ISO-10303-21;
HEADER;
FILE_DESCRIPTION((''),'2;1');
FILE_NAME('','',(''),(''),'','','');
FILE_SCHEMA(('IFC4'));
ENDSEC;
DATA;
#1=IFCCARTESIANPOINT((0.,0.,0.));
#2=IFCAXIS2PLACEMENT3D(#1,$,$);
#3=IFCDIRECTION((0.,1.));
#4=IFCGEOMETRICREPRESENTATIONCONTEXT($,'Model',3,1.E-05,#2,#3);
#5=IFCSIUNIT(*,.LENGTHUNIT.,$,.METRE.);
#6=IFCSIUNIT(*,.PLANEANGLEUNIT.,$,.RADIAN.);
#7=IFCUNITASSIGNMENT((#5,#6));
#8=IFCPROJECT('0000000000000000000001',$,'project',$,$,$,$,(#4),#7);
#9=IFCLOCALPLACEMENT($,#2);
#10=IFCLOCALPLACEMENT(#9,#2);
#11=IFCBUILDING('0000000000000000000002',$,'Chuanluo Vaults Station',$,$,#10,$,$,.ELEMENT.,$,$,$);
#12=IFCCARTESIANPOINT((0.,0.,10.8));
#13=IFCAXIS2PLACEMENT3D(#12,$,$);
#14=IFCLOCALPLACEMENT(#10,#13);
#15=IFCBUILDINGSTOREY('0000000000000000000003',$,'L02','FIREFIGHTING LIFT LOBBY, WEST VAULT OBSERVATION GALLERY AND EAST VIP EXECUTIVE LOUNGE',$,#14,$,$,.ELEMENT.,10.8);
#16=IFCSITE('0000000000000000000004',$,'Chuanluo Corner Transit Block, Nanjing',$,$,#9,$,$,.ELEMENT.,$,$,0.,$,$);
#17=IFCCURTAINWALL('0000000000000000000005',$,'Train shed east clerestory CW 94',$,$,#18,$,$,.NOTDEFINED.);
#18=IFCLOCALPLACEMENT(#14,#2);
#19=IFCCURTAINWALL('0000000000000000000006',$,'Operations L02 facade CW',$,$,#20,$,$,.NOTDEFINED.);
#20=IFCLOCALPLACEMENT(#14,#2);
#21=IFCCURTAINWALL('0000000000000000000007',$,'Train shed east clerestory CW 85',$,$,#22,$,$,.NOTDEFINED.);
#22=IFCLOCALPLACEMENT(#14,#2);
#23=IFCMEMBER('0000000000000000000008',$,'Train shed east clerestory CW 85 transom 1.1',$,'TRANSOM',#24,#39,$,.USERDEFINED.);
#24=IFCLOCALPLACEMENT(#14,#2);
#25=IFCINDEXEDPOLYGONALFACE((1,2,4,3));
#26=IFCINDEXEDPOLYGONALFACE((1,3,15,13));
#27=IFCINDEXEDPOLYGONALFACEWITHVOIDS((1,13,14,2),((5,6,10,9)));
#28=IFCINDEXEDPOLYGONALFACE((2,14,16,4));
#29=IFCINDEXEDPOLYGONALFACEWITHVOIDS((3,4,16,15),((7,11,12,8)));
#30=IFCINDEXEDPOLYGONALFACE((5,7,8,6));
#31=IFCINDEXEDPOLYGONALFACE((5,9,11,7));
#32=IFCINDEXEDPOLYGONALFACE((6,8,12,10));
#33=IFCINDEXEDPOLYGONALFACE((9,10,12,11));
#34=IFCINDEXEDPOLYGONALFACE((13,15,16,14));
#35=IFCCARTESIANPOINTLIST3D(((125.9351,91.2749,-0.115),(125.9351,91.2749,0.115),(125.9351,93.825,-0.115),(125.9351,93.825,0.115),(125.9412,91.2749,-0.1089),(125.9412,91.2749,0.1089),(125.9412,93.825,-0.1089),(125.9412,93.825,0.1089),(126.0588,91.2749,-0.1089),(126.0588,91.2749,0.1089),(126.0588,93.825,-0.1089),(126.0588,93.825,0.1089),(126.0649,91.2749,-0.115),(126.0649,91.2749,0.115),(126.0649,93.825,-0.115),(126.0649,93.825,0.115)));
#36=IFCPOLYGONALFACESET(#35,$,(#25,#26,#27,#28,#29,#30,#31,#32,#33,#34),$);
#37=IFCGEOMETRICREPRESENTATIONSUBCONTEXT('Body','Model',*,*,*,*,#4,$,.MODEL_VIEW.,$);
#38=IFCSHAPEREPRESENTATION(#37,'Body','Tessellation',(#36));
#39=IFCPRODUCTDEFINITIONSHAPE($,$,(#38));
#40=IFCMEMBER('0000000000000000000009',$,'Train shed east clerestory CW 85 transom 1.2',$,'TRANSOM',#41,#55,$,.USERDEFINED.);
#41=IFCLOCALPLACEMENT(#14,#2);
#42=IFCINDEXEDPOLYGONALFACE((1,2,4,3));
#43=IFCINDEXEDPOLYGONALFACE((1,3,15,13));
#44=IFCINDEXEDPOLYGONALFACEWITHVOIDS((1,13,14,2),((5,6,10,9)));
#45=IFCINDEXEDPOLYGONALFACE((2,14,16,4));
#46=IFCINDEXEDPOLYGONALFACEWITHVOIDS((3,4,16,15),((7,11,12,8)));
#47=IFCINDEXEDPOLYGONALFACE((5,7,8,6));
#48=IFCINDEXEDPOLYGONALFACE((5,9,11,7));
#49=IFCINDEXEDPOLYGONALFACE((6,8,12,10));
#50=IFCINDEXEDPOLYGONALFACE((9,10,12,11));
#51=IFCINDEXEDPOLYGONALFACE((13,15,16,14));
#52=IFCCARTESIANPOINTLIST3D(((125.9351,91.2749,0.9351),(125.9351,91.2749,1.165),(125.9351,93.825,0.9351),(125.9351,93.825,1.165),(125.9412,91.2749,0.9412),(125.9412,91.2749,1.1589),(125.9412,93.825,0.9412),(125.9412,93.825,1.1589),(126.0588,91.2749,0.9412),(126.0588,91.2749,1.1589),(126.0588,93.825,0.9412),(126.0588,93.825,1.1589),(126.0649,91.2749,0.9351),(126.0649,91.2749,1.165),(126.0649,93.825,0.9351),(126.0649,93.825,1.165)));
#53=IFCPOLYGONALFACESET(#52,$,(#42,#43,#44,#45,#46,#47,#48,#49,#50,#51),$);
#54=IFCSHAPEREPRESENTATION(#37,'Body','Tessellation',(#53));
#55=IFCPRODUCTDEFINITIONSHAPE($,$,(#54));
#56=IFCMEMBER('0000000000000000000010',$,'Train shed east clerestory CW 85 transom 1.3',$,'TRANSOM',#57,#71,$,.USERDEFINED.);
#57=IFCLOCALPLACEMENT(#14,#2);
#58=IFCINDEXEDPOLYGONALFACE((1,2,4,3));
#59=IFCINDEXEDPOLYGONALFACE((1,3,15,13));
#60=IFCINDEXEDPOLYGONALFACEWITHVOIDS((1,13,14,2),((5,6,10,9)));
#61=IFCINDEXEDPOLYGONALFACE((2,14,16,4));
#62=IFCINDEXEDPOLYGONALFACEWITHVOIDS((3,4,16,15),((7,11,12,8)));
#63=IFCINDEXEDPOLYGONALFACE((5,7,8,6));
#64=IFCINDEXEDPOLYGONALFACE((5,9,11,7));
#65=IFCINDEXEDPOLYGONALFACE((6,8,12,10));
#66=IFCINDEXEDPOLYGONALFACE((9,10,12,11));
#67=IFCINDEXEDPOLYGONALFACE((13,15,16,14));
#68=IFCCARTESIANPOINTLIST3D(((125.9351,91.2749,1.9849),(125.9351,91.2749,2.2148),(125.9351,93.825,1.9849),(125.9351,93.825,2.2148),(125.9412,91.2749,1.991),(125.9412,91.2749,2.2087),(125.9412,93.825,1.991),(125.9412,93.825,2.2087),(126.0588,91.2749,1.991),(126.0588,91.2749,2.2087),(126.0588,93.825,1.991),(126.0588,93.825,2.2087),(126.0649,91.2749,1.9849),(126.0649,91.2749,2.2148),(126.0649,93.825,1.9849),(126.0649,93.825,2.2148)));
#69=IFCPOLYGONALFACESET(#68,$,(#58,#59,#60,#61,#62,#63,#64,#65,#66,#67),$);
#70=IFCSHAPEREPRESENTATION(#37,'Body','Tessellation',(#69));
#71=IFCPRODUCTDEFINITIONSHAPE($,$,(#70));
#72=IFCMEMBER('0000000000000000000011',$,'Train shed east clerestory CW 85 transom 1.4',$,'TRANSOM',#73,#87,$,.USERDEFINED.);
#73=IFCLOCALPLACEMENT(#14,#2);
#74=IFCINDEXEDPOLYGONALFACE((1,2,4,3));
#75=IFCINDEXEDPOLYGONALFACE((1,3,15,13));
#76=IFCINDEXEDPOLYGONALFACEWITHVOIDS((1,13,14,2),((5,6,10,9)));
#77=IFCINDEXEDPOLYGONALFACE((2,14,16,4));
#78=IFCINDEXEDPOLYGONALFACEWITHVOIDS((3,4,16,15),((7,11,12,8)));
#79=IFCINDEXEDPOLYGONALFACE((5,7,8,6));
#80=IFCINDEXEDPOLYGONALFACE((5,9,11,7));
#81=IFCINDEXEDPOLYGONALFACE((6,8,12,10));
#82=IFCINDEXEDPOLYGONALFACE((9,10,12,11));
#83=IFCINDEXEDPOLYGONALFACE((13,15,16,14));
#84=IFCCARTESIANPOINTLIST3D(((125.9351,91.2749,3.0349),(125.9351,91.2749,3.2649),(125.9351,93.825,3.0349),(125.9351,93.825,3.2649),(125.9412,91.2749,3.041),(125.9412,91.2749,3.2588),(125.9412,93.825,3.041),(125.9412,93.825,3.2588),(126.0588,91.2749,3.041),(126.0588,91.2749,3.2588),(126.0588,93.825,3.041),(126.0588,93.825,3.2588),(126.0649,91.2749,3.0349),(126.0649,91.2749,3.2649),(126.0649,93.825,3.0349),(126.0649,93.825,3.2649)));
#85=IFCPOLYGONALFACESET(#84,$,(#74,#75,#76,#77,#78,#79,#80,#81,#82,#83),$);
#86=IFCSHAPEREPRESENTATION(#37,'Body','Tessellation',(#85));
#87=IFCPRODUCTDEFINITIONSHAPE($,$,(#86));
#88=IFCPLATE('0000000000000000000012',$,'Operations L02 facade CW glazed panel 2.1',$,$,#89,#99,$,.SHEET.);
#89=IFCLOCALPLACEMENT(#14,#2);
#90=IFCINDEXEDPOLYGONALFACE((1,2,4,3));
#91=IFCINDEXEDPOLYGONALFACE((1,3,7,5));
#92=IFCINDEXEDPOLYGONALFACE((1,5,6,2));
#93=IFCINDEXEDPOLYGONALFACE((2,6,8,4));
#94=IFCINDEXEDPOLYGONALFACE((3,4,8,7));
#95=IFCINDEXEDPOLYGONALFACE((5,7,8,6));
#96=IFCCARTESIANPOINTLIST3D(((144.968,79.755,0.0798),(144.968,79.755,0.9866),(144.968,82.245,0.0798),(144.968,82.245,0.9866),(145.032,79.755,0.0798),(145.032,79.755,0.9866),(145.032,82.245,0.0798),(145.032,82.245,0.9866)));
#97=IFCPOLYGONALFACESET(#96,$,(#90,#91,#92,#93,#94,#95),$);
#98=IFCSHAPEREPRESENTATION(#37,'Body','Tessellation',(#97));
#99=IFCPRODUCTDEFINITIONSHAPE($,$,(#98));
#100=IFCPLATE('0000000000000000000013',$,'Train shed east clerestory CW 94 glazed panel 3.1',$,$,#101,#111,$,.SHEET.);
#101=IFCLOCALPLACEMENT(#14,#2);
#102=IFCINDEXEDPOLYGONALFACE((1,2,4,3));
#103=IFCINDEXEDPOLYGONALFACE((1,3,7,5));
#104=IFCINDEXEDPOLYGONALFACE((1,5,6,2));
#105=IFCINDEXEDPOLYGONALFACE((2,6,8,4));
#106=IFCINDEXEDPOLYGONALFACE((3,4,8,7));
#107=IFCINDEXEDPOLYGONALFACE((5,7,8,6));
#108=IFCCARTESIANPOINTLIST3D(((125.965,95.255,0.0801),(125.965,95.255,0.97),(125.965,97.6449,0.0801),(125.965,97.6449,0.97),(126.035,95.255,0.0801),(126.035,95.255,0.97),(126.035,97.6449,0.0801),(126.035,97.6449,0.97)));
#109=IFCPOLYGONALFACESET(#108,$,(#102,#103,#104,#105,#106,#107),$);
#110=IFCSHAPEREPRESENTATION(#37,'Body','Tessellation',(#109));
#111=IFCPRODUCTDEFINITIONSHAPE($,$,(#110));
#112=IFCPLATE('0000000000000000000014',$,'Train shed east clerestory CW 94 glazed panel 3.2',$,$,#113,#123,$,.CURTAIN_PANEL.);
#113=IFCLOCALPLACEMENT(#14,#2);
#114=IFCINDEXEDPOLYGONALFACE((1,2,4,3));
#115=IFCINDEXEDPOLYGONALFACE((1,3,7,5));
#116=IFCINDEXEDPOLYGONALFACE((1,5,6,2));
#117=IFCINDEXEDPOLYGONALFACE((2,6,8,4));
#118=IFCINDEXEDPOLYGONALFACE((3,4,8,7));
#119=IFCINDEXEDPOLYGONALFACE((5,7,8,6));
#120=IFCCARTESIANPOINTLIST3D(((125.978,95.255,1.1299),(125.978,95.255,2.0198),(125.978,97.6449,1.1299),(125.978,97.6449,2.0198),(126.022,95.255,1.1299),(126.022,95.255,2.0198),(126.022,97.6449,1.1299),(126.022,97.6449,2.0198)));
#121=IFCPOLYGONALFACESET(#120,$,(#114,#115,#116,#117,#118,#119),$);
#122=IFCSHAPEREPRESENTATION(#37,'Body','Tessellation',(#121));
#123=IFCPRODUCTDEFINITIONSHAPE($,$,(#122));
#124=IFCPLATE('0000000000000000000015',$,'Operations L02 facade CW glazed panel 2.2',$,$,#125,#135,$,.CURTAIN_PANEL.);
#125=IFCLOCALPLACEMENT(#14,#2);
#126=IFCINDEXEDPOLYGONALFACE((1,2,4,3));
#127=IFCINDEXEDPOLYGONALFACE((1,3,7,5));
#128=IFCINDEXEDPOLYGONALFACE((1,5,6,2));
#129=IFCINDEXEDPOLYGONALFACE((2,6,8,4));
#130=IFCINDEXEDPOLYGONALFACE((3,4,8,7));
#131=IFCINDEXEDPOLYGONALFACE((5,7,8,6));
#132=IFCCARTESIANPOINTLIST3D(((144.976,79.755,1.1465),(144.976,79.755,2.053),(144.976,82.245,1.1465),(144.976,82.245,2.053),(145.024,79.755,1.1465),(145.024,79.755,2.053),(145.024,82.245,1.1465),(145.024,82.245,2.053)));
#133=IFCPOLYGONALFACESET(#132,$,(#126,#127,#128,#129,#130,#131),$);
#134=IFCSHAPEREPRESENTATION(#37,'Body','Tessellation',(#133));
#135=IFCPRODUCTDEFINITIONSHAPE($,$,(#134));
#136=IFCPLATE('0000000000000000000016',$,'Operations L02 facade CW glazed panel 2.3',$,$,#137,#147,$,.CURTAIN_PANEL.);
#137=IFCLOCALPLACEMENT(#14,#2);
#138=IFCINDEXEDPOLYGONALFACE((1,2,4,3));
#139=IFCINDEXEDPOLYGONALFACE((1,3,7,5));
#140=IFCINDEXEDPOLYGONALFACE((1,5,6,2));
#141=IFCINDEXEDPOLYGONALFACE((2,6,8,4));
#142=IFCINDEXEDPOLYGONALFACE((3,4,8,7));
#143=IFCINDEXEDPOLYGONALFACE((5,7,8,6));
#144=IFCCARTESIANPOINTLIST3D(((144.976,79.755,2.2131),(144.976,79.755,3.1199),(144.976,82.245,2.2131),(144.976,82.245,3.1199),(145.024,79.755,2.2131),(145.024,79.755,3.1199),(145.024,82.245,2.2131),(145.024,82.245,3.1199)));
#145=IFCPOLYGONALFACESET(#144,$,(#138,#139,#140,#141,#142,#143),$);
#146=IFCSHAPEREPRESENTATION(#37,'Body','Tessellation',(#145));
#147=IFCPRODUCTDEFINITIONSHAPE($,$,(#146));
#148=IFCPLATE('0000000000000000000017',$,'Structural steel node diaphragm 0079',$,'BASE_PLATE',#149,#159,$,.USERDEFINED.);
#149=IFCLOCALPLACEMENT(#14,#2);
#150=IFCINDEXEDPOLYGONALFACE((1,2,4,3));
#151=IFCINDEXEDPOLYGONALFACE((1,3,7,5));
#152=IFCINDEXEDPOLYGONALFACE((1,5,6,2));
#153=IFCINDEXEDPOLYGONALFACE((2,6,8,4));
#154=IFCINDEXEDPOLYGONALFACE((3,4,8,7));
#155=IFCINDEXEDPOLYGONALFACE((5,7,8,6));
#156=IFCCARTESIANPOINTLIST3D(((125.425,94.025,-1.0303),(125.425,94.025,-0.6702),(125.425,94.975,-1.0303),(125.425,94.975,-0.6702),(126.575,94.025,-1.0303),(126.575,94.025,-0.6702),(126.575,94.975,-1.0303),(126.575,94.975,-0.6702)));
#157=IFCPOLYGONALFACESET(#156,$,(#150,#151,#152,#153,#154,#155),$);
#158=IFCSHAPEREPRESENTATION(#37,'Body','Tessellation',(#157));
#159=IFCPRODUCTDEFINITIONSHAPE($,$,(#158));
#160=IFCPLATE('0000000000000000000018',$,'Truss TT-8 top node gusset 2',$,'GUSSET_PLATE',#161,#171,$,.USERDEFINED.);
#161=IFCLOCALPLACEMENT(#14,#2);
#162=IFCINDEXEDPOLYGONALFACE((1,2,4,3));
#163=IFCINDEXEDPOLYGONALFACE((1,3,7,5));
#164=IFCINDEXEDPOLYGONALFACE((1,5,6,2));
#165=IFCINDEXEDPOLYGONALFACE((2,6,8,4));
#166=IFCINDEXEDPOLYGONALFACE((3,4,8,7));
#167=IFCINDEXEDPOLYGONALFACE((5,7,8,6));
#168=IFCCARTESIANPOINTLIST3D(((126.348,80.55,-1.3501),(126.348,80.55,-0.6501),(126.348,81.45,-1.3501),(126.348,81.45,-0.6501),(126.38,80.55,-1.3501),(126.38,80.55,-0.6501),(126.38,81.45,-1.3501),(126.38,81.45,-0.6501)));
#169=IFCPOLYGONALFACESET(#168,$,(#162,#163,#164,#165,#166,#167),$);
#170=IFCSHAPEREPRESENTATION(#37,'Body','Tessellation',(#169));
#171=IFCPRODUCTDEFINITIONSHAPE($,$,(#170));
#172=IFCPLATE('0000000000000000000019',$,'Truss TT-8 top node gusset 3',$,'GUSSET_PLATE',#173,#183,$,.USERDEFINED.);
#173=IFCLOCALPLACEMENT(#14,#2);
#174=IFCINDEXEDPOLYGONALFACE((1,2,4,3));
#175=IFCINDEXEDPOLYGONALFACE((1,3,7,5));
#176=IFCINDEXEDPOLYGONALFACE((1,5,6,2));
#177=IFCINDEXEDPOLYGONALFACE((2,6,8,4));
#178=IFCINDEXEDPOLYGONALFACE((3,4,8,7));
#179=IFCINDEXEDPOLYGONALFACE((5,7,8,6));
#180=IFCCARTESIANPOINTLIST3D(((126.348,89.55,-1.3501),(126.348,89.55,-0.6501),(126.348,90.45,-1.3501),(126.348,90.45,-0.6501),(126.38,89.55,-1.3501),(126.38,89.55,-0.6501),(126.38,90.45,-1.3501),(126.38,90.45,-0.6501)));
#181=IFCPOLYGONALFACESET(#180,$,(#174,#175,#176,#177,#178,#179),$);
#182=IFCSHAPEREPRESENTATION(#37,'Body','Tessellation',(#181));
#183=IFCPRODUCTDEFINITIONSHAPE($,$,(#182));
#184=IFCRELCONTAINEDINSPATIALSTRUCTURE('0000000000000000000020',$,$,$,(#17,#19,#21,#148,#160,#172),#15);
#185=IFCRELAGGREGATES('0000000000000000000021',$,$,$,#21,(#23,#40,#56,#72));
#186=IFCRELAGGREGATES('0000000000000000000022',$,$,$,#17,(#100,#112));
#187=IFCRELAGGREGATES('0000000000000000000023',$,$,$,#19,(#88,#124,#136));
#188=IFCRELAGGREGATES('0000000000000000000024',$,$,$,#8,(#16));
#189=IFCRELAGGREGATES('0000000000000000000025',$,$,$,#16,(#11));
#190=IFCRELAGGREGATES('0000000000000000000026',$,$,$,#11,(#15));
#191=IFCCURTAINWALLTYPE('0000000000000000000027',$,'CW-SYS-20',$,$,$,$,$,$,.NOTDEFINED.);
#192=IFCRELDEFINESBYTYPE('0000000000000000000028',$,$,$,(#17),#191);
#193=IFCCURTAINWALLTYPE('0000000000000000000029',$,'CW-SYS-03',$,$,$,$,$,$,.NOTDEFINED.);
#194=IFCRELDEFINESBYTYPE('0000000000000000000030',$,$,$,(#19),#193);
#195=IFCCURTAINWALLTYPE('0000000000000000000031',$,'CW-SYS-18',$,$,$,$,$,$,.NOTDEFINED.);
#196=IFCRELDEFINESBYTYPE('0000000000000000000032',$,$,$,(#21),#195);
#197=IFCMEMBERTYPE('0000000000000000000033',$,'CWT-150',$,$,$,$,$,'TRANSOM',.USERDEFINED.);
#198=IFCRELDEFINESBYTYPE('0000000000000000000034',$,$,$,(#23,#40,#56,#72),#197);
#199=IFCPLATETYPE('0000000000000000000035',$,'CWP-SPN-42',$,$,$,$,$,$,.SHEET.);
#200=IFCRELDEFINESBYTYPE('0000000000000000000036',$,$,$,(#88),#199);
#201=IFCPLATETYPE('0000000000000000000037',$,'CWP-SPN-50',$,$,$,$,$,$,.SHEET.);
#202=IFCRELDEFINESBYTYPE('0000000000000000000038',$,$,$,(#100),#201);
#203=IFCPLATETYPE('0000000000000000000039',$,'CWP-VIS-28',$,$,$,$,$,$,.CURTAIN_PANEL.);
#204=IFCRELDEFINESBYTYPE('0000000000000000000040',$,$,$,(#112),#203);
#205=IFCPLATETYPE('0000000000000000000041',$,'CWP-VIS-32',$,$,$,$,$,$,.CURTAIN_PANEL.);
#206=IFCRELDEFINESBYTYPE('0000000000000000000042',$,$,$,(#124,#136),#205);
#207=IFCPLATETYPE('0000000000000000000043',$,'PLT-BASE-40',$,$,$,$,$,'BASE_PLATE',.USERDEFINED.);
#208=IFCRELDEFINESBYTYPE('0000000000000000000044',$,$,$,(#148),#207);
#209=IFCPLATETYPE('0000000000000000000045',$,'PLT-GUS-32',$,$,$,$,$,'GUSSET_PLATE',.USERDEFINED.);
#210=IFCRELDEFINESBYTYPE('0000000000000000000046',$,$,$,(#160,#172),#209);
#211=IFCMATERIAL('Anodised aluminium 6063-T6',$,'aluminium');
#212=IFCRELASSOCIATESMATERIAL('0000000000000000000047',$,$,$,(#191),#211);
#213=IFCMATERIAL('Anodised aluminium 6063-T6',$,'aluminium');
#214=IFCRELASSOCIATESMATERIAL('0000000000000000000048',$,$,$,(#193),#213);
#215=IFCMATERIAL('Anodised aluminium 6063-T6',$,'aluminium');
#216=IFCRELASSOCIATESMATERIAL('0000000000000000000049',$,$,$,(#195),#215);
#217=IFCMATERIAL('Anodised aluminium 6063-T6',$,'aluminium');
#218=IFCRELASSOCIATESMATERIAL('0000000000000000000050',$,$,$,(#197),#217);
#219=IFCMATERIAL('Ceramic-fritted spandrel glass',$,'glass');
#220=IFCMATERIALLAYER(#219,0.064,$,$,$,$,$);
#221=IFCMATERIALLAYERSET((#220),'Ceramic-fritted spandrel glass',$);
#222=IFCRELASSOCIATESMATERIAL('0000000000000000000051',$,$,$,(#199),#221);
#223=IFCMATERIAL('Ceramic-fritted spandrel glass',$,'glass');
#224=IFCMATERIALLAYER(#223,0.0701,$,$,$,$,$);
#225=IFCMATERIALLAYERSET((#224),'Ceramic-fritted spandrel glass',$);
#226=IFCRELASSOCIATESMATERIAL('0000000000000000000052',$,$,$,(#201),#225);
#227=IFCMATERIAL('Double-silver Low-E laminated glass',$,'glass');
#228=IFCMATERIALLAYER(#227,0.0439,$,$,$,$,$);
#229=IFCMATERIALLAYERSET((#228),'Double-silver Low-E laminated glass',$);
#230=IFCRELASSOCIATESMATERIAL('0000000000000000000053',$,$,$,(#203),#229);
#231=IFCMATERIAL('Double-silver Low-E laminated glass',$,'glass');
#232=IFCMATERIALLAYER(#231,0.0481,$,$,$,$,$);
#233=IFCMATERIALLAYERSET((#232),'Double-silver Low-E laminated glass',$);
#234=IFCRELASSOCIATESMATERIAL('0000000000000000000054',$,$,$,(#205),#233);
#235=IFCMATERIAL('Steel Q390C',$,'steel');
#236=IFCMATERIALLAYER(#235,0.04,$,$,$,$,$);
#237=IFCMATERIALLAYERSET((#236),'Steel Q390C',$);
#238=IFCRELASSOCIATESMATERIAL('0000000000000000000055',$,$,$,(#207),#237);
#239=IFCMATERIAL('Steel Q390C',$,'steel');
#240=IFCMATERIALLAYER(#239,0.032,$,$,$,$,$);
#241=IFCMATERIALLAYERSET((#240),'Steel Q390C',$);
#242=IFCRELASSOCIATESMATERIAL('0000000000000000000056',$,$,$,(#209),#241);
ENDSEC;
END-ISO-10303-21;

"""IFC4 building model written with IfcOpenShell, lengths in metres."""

from ifc_helpers import new_model, si_unit, direction, frame, origin, origin_2d, place, context, subcontext, project, spatial, rectangle, hollow_rectangle, extrude, material, layer, layer_set, material_profile, profile_set, type_object, element, aggregate, save


model = new_model("IFC4")

# Units and contexts
model_context = context("Model", 3, precision=1e-05, world=origin(), true_north=direction((0.0, 1.0)))
body_context = subcontext(model_context, "Body", "Model", "MODEL_VIEW")
ifc_project = project(units=[si_unit("LENGTHUNIT", "METRE"), si_unit("PLANEANGLEUNIT", "RADIAN")], contexts=[model_context])

# Site, building, storey
site_placement = place(None, origin())
site = spatial("IfcSite", under=ifc_project, at=site_placement, Name="Chuanluo Corner Transit Block, Nanjing", CompositionType="ELEMENT", RefElevation=0.0)
building_placement = place(site_placement, origin())
building = spatial("IfcBuilding", under=site, at=building_placement, Name="Chuanluo Vaults Station", CompositionType="ELEMENT")
storey_placement = place(building_placement, frame((0.0, 0.0, 10.8)))
storey = spatial("IfcBuildingStorey", under=building, at=storey_placement, Name="L02", Description="FIREFIGHTING LIFT LOBBY, WEST VAULT OBSERVATION GALLERY AND EAST VIP EXECUTIVE LOUNGE", CompositionType="ELEMENT", Elevation=10.8)

# Curtain wall
ifc_material_1 = material(Name="Anodised aluminium 6063-T6", Category="aluminium")
curtain_wall_type_1 = type_object("IfcCurtainWallType", Name="CW-SYS-20", PredefinedType="NOTDEFINED", material=ifc_material_1)
curtain_wall_1_placement = place(storey_placement, origin())
curtain_wall_1 = element("IfcCurtainWall", 1, at=curtain_wall_1_placement, inside=storey, type_object=curtain_wall_type_1, Name="Train shed east clerestory CW 94", PredefinedType="NOTDEFINED")

# Curtain walls, members
ifc_material_2 = material(Name="Anodised aluminium 6063-T6", Category="aluminium")
curtain_wall_type_2 = type_object("IfcCurtainWallType", Name="CW-SYS-03", PredefinedType="NOTDEFINED", material=ifc_material_2)
curtain_wall_2_placement = place(storey_placement, origin())
curtain_wall_2 = element("IfcCurtainWall", 2, at=curtain_wall_2_placement, inside=storey, type_object=curtain_wall_type_2, Name="Operations L02 facade CW", PredefinedType="NOTDEFINED")
ifc_material_3 = material(Name="Anodised aluminium 6063-T6", Category="aluminium")
curtain_wall_type_3 = type_object("IfcCurtainWallType", Name="CW-SYS-18", PredefinedType="NOTDEFINED", material=ifc_material_3)
curtain_wall_3_placement = place(storey_placement, origin())
curtain_wall_3 = element("IfcCurtainWall", 3, at=curtain_wall_3_placement, inside=storey, type_object=curtain_wall_type_3, Name="Train shed east clerestory CW 85", PredefinedType="NOTDEFINED")
ifc_material_4 = material(Name="Anodised aluminium 6063-T6", Category="aluminium")
ifc_material_profile_1 = material_profile(ifc_material_4, hollow_rectangle(XDim=0.1299, YDim=0.23, WallThickness=0.0061, at=origin_2d()))
ifc_profile_set_1 = profile_set([ifc_material_profile_1], Name="Anodised aluminium 6063-T6")
member_type_1 = type_object("IfcMemberType", Name="CWT-150", ElementType="TRANSOM", PredefinedType="USERDEFINED", material=ifc_profile_set_1)
member_1_placement = place(storey_placement, frame((126.0, 93.825, 0.0), z_axis=(0.0, -1.0, 0.0), x_axis=(1.0, 0.0, 0.0)))
member_1 = element("IfcMember", 4, at=member_1_placement, type_object=member_type_1, Name="Train shed east clerestory CW 85 transom 1.1", ObjectType="TRANSOM", PredefinedType="USERDEFINED", context=body_context, shape_type="SweptSolid", body=[
    extrude(hollow_rectangle(XDim=0.1299, YDim=0.23, WallThickness=0.0061, at=origin_2d()), origin(), (0.0, 0.0, 1.0), 2.55),
])
member_2_placement = place(storey_placement, frame((126.0, 93.825, 1.05), z_axis=(0.0, -1.0, 0.0), x_axis=(1.0, 0.0, 0.0)))
member_2 = element("IfcMember", 5, at=member_2_placement, type_object=member_type_1, Name="Train shed east clerestory CW 85 transom 1.2", ObjectType="TRANSOM", PredefinedType="USERDEFINED", context=body_context, shape_type="SweptSolid", body=[
    extrude(hollow_rectangle(XDim=0.1299, YDim=0.23, WallThickness=0.0061, at=origin_2d()), origin(), (0.0, 0.0, 1.0), 2.55),
])
member_3_placement = place(storey_placement, frame((126.0, 93.825, 2.0999), z_axis=(0.0, -1.0, 0.0), x_axis=(1.0, 0.0, 0.0)))
member_3 = element("IfcMember", 6, at=member_3_placement, type_object=member_type_1, Name="Train shed east clerestory CW 85 transom 1.3", ObjectType="TRANSOM", PredefinedType="USERDEFINED", context=body_context, shape_type="SweptSolid", body=[
    extrude(hollow_rectangle(XDim=0.1299, YDim=0.23, WallThickness=0.0061, at=origin_2d()), origin(), (0.0, 0.0, 1.0), 2.55),
])
member_4_placement = place(storey_placement, frame((126.0, 93.825, 3.1499), z_axis=(0.0, -1.0, 0.0), x_axis=(1.0, 0.0, 0.0)))
member_4 = element("IfcMember", 7, at=member_4_placement, type_object=member_type_1, Name="Train shed east clerestory CW 85 transom 1.4", ObjectType="TRANSOM", PredefinedType="USERDEFINED", context=body_context, shape_type="SweptSolid", body=[
    extrude(hollow_rectangle(XDim=0.1299, YDim=0.23, WallThickness=0.0061, at=origin_2d()), origin(), (0.0, 0.0, 1.0), 2.55),
])
aggregate(curtain_wall_3, [member_1, member_2, member_3, member_4])

# Plates
ifc_material_5 = material(Name="Ceramic-fritted spandrel glass", Category="glass")
ifc_layer_1 = layer(ifc_material_5, 0.064)
ifc_layer_set_1 = layer_set([ifc_layer_1], Name="Ceramic-fritted spandrel glass")
plate_type_1 = type_object("IfcPlateType", Name="CWP-SPN-42", PredefinedType="SHEET", material=ifc_layer_set_1)
plate_1_placement = place(storey_placement, frame((145.0, 81.0, 0.0798), z_axis=(0.0, 0.0, 1.0), x_axis=(0.0, 1.0, 0.0)))
plate_1 = element("IfcPlate", 8, at=plate_1_placement, type_object=plate_type_1, Name="Operations L02 facade CW glazed panel 2.1", PredefinedType="SHEET", context=body_context, shape_type="SweptSolid", body=[
    extrude(rectangle(XDim=2.49, YDim=0.064, at=origin_2d()), origin(), (0.0, 0.0, 1.0), 0.9067),
])
ifc_material_6 = material(Name="Ceramic-fritted spandrel glass", Category="glass")
ifc_layer_2 = layer(ifc_material_6, 0.0701)
ifc_layer_set_2 = layer_set([ifc_layer_2], Name="Ceramic-fritted spandrel glass")
plate_type_2 = type_object("IfcPlateType", Name="CWP-SPN-50", PredefinedType="SHEET", material=ifc_layer_set_2)
plate_2_placement = place(storey_placement, frame((126.0, 96.45, 0.0801), z_axis=(0.0, 0.0, 1.0), x_axis=(0.0, -1.0, 0.0)))
plate_2 = element("IfcPlate", 9, at=plate_2_placement, type_object=plate_type_2, Name="Train shed east clerestory CW 94 glazed panel 3.1", PredefinedType="SHEET", context=body_context, shape_type="SweptSolid", body=[
    extrude(rectangle(XDim=2.3899, YDim=0.0701, at=origin_2d()), origin(), (0.0, 0.0, 1.0), 0.8899),
])
ifc_material_7 = material(Name="Double-silver Low-E laminated glass", Category="glass")
ifc_layer_3 = layer(ifc_material_7, 0.0439)
ifc_layer_set_3 = layer_set([ifc_layer_3], Name="Double-silver Low-E laminated glass")
plate_type_3 = type_object("IfcPlateType", Name="CWP-VIS-28", PredefinedType="CURTAIN_PANEL", material=ifc_layer_set_3)
plate_3_placement = place(storey_placement, frame((126.0, 96.45, 1.1299), z_axis=(0.0, 0.0, 1.0), x_axis=(0.0, -1.0, 0.0)))
plate_3 = element("IfcPlate", 10, at=plate_3_placement, type_object=plate_type_3, Name="Train shed east clerestory CW 94 glazed panel 3.2", PredefinedType="CURTAIN_PANEL", context=body_context, shape_type="SweptSolid", body=[
    extrude(rectangle(XDim=2.3899, YDim=0.0439, at=origin_2d()), origin(), (0.0, 0.0, 1.0), 0.8899),
])
aggregate(curtain_wall_1, [plate_2, plate_3])
ifc_material_8 = material(Name="Double-silver Low-E laminated glass", Category="glass")
ifc_layer_4 = layer(ifc_material_8, 0.0481)
ifc_layer_set_4 = layer_set([ifc_layer_4], Name="Double-silver Low-E laminated glass")
plate_type_4 = type_object("IfcPlateType", Name="CWP-VIS-32", PredefinedType="CURTAIN_PANEL", material=ifc_layer_set_4)
plate_4_placement = place(storey_placement, frame((145.0, 81.0, 1.1465), z_axis=(0.0, 0.0, 1.0), x_axis=(0.0, 1.0, 0.0)))
plate_4 = element("IfcPlate", 11, at=plate_4_placement, type_object=plate_type_4, Name="Operations L02 facade CW glazed panel 2.2", PredefinedType="CURTAIN_PANEL", context=body_context, shape_type="SweptSolid", body=[
    extrude(rectangle(XDim=2.49, YDim=0.0481, at=origin_2d()), origin(), (0.0, 0.0, 1.0), 0.9065),
])
plate_5_placement = place(storey_placement, frame((145.0, 81.0, 2.2131), z_axis=(0.0, 0.0, 1.0), x_axis=(0.0, 1.0, 0.0)))
plate_5 = element("IfcPlate", 12, at=plate_5_placement, type_object=plate_type_4, Name="Operations L02 facade CW glazed panel 2.3", PredefinedType="CURTAIN_PANEL", context=body_context, shape_type="SweptSolid", body=[
    extrude(rectangle(XDim=2.49, YDim=0.0481, at=origin_2d()), origin(), (0.0, 0.0, 1.0), 0.9067),
])
aggregate(curtain_wall_2, [plate_1, plate_4, plate_5])

# Plates
ifc_material_9 = material(Name="Steel Q390C", Category="steel")
ifc_layer_5 = layer(ifc_material_9, 0.04)
ifc_layer_set_5 = layer_set([ifc_layer_5], Name="Steel Q390C")
plate_type_5 = type_object("IfcPlateType", Name="PLT-BASE-40", ElementType="BASE_PLATE", PredefinedType="USERDEFINED", material=ifc_layer_set_5)
plate_6_placement = place(storey_placement, frame((126.0, 94.5, -1.0303), z_axis=(0.0, 0.0, 1.0), x_axis=(1.0, 0.0, 0.0)))
element("IfcPlate", 13, at=plate_6_placement, inside=storey, type_object=plate_type_5, Name="Structural steel node diaphragm 0079", ObjectType="BASE_PLATE", PredefinedType="USERDEFINED", context=body_context, shape_type="SweptSolid", body=[
    extrude(rectangle(XDim=1.1499, YDim=0.95, at=origin_2d()), origin(), (0.0, 0.0, 1.0), 0.3601),
])
ifc_material_10 = material(Name="Steel Q390C", Category="steel")
ifc_layer_6 = layer(ifc_material_10, 0.032)
ifc_layer_set_6 = layer_set([ifc_layer_6], Name="Steel Q390C")
plate_type_6 = type_object("IfcPlateType", Name="PLT-GUS-32", ElementType="GUSSET_PLATE", PredefinedType="USERDEFINED", material=ifc_layer_set_6)
for number, where, z_axis, x_axis, name in (
    (14, (126.364, 81.0, -1.3501), (0.0, 0.0, 1.0), (1.0, 0.0, 0.0), "Truss TT-8 top node gusset 2"),
    (15, (126.364, 90.0, -1.3501), (0.0, 0.0, 1.0), (1.0, 0.0, 0.0), "Truss TT-8 top node gusset 3"),
):
    element("IfcPlate", number, at=place(storey_placement, frame(where, z_axis=z_axis, x_axis=x_axis)), inside=storey, type_object=plate_type_6, Name=name, ObjectType="GUSSET_PLATE", PredefinedType="USERDEFINED", context=body_context, shape_type="SweptSolid", body=[
        extrude(rectangle(XDim=0.032, YDim=0.8999, at=origin_2d()), origin(), (0.0, 0.0, 1.0), 0.7),
    ])

save(model, "model.ifc")
